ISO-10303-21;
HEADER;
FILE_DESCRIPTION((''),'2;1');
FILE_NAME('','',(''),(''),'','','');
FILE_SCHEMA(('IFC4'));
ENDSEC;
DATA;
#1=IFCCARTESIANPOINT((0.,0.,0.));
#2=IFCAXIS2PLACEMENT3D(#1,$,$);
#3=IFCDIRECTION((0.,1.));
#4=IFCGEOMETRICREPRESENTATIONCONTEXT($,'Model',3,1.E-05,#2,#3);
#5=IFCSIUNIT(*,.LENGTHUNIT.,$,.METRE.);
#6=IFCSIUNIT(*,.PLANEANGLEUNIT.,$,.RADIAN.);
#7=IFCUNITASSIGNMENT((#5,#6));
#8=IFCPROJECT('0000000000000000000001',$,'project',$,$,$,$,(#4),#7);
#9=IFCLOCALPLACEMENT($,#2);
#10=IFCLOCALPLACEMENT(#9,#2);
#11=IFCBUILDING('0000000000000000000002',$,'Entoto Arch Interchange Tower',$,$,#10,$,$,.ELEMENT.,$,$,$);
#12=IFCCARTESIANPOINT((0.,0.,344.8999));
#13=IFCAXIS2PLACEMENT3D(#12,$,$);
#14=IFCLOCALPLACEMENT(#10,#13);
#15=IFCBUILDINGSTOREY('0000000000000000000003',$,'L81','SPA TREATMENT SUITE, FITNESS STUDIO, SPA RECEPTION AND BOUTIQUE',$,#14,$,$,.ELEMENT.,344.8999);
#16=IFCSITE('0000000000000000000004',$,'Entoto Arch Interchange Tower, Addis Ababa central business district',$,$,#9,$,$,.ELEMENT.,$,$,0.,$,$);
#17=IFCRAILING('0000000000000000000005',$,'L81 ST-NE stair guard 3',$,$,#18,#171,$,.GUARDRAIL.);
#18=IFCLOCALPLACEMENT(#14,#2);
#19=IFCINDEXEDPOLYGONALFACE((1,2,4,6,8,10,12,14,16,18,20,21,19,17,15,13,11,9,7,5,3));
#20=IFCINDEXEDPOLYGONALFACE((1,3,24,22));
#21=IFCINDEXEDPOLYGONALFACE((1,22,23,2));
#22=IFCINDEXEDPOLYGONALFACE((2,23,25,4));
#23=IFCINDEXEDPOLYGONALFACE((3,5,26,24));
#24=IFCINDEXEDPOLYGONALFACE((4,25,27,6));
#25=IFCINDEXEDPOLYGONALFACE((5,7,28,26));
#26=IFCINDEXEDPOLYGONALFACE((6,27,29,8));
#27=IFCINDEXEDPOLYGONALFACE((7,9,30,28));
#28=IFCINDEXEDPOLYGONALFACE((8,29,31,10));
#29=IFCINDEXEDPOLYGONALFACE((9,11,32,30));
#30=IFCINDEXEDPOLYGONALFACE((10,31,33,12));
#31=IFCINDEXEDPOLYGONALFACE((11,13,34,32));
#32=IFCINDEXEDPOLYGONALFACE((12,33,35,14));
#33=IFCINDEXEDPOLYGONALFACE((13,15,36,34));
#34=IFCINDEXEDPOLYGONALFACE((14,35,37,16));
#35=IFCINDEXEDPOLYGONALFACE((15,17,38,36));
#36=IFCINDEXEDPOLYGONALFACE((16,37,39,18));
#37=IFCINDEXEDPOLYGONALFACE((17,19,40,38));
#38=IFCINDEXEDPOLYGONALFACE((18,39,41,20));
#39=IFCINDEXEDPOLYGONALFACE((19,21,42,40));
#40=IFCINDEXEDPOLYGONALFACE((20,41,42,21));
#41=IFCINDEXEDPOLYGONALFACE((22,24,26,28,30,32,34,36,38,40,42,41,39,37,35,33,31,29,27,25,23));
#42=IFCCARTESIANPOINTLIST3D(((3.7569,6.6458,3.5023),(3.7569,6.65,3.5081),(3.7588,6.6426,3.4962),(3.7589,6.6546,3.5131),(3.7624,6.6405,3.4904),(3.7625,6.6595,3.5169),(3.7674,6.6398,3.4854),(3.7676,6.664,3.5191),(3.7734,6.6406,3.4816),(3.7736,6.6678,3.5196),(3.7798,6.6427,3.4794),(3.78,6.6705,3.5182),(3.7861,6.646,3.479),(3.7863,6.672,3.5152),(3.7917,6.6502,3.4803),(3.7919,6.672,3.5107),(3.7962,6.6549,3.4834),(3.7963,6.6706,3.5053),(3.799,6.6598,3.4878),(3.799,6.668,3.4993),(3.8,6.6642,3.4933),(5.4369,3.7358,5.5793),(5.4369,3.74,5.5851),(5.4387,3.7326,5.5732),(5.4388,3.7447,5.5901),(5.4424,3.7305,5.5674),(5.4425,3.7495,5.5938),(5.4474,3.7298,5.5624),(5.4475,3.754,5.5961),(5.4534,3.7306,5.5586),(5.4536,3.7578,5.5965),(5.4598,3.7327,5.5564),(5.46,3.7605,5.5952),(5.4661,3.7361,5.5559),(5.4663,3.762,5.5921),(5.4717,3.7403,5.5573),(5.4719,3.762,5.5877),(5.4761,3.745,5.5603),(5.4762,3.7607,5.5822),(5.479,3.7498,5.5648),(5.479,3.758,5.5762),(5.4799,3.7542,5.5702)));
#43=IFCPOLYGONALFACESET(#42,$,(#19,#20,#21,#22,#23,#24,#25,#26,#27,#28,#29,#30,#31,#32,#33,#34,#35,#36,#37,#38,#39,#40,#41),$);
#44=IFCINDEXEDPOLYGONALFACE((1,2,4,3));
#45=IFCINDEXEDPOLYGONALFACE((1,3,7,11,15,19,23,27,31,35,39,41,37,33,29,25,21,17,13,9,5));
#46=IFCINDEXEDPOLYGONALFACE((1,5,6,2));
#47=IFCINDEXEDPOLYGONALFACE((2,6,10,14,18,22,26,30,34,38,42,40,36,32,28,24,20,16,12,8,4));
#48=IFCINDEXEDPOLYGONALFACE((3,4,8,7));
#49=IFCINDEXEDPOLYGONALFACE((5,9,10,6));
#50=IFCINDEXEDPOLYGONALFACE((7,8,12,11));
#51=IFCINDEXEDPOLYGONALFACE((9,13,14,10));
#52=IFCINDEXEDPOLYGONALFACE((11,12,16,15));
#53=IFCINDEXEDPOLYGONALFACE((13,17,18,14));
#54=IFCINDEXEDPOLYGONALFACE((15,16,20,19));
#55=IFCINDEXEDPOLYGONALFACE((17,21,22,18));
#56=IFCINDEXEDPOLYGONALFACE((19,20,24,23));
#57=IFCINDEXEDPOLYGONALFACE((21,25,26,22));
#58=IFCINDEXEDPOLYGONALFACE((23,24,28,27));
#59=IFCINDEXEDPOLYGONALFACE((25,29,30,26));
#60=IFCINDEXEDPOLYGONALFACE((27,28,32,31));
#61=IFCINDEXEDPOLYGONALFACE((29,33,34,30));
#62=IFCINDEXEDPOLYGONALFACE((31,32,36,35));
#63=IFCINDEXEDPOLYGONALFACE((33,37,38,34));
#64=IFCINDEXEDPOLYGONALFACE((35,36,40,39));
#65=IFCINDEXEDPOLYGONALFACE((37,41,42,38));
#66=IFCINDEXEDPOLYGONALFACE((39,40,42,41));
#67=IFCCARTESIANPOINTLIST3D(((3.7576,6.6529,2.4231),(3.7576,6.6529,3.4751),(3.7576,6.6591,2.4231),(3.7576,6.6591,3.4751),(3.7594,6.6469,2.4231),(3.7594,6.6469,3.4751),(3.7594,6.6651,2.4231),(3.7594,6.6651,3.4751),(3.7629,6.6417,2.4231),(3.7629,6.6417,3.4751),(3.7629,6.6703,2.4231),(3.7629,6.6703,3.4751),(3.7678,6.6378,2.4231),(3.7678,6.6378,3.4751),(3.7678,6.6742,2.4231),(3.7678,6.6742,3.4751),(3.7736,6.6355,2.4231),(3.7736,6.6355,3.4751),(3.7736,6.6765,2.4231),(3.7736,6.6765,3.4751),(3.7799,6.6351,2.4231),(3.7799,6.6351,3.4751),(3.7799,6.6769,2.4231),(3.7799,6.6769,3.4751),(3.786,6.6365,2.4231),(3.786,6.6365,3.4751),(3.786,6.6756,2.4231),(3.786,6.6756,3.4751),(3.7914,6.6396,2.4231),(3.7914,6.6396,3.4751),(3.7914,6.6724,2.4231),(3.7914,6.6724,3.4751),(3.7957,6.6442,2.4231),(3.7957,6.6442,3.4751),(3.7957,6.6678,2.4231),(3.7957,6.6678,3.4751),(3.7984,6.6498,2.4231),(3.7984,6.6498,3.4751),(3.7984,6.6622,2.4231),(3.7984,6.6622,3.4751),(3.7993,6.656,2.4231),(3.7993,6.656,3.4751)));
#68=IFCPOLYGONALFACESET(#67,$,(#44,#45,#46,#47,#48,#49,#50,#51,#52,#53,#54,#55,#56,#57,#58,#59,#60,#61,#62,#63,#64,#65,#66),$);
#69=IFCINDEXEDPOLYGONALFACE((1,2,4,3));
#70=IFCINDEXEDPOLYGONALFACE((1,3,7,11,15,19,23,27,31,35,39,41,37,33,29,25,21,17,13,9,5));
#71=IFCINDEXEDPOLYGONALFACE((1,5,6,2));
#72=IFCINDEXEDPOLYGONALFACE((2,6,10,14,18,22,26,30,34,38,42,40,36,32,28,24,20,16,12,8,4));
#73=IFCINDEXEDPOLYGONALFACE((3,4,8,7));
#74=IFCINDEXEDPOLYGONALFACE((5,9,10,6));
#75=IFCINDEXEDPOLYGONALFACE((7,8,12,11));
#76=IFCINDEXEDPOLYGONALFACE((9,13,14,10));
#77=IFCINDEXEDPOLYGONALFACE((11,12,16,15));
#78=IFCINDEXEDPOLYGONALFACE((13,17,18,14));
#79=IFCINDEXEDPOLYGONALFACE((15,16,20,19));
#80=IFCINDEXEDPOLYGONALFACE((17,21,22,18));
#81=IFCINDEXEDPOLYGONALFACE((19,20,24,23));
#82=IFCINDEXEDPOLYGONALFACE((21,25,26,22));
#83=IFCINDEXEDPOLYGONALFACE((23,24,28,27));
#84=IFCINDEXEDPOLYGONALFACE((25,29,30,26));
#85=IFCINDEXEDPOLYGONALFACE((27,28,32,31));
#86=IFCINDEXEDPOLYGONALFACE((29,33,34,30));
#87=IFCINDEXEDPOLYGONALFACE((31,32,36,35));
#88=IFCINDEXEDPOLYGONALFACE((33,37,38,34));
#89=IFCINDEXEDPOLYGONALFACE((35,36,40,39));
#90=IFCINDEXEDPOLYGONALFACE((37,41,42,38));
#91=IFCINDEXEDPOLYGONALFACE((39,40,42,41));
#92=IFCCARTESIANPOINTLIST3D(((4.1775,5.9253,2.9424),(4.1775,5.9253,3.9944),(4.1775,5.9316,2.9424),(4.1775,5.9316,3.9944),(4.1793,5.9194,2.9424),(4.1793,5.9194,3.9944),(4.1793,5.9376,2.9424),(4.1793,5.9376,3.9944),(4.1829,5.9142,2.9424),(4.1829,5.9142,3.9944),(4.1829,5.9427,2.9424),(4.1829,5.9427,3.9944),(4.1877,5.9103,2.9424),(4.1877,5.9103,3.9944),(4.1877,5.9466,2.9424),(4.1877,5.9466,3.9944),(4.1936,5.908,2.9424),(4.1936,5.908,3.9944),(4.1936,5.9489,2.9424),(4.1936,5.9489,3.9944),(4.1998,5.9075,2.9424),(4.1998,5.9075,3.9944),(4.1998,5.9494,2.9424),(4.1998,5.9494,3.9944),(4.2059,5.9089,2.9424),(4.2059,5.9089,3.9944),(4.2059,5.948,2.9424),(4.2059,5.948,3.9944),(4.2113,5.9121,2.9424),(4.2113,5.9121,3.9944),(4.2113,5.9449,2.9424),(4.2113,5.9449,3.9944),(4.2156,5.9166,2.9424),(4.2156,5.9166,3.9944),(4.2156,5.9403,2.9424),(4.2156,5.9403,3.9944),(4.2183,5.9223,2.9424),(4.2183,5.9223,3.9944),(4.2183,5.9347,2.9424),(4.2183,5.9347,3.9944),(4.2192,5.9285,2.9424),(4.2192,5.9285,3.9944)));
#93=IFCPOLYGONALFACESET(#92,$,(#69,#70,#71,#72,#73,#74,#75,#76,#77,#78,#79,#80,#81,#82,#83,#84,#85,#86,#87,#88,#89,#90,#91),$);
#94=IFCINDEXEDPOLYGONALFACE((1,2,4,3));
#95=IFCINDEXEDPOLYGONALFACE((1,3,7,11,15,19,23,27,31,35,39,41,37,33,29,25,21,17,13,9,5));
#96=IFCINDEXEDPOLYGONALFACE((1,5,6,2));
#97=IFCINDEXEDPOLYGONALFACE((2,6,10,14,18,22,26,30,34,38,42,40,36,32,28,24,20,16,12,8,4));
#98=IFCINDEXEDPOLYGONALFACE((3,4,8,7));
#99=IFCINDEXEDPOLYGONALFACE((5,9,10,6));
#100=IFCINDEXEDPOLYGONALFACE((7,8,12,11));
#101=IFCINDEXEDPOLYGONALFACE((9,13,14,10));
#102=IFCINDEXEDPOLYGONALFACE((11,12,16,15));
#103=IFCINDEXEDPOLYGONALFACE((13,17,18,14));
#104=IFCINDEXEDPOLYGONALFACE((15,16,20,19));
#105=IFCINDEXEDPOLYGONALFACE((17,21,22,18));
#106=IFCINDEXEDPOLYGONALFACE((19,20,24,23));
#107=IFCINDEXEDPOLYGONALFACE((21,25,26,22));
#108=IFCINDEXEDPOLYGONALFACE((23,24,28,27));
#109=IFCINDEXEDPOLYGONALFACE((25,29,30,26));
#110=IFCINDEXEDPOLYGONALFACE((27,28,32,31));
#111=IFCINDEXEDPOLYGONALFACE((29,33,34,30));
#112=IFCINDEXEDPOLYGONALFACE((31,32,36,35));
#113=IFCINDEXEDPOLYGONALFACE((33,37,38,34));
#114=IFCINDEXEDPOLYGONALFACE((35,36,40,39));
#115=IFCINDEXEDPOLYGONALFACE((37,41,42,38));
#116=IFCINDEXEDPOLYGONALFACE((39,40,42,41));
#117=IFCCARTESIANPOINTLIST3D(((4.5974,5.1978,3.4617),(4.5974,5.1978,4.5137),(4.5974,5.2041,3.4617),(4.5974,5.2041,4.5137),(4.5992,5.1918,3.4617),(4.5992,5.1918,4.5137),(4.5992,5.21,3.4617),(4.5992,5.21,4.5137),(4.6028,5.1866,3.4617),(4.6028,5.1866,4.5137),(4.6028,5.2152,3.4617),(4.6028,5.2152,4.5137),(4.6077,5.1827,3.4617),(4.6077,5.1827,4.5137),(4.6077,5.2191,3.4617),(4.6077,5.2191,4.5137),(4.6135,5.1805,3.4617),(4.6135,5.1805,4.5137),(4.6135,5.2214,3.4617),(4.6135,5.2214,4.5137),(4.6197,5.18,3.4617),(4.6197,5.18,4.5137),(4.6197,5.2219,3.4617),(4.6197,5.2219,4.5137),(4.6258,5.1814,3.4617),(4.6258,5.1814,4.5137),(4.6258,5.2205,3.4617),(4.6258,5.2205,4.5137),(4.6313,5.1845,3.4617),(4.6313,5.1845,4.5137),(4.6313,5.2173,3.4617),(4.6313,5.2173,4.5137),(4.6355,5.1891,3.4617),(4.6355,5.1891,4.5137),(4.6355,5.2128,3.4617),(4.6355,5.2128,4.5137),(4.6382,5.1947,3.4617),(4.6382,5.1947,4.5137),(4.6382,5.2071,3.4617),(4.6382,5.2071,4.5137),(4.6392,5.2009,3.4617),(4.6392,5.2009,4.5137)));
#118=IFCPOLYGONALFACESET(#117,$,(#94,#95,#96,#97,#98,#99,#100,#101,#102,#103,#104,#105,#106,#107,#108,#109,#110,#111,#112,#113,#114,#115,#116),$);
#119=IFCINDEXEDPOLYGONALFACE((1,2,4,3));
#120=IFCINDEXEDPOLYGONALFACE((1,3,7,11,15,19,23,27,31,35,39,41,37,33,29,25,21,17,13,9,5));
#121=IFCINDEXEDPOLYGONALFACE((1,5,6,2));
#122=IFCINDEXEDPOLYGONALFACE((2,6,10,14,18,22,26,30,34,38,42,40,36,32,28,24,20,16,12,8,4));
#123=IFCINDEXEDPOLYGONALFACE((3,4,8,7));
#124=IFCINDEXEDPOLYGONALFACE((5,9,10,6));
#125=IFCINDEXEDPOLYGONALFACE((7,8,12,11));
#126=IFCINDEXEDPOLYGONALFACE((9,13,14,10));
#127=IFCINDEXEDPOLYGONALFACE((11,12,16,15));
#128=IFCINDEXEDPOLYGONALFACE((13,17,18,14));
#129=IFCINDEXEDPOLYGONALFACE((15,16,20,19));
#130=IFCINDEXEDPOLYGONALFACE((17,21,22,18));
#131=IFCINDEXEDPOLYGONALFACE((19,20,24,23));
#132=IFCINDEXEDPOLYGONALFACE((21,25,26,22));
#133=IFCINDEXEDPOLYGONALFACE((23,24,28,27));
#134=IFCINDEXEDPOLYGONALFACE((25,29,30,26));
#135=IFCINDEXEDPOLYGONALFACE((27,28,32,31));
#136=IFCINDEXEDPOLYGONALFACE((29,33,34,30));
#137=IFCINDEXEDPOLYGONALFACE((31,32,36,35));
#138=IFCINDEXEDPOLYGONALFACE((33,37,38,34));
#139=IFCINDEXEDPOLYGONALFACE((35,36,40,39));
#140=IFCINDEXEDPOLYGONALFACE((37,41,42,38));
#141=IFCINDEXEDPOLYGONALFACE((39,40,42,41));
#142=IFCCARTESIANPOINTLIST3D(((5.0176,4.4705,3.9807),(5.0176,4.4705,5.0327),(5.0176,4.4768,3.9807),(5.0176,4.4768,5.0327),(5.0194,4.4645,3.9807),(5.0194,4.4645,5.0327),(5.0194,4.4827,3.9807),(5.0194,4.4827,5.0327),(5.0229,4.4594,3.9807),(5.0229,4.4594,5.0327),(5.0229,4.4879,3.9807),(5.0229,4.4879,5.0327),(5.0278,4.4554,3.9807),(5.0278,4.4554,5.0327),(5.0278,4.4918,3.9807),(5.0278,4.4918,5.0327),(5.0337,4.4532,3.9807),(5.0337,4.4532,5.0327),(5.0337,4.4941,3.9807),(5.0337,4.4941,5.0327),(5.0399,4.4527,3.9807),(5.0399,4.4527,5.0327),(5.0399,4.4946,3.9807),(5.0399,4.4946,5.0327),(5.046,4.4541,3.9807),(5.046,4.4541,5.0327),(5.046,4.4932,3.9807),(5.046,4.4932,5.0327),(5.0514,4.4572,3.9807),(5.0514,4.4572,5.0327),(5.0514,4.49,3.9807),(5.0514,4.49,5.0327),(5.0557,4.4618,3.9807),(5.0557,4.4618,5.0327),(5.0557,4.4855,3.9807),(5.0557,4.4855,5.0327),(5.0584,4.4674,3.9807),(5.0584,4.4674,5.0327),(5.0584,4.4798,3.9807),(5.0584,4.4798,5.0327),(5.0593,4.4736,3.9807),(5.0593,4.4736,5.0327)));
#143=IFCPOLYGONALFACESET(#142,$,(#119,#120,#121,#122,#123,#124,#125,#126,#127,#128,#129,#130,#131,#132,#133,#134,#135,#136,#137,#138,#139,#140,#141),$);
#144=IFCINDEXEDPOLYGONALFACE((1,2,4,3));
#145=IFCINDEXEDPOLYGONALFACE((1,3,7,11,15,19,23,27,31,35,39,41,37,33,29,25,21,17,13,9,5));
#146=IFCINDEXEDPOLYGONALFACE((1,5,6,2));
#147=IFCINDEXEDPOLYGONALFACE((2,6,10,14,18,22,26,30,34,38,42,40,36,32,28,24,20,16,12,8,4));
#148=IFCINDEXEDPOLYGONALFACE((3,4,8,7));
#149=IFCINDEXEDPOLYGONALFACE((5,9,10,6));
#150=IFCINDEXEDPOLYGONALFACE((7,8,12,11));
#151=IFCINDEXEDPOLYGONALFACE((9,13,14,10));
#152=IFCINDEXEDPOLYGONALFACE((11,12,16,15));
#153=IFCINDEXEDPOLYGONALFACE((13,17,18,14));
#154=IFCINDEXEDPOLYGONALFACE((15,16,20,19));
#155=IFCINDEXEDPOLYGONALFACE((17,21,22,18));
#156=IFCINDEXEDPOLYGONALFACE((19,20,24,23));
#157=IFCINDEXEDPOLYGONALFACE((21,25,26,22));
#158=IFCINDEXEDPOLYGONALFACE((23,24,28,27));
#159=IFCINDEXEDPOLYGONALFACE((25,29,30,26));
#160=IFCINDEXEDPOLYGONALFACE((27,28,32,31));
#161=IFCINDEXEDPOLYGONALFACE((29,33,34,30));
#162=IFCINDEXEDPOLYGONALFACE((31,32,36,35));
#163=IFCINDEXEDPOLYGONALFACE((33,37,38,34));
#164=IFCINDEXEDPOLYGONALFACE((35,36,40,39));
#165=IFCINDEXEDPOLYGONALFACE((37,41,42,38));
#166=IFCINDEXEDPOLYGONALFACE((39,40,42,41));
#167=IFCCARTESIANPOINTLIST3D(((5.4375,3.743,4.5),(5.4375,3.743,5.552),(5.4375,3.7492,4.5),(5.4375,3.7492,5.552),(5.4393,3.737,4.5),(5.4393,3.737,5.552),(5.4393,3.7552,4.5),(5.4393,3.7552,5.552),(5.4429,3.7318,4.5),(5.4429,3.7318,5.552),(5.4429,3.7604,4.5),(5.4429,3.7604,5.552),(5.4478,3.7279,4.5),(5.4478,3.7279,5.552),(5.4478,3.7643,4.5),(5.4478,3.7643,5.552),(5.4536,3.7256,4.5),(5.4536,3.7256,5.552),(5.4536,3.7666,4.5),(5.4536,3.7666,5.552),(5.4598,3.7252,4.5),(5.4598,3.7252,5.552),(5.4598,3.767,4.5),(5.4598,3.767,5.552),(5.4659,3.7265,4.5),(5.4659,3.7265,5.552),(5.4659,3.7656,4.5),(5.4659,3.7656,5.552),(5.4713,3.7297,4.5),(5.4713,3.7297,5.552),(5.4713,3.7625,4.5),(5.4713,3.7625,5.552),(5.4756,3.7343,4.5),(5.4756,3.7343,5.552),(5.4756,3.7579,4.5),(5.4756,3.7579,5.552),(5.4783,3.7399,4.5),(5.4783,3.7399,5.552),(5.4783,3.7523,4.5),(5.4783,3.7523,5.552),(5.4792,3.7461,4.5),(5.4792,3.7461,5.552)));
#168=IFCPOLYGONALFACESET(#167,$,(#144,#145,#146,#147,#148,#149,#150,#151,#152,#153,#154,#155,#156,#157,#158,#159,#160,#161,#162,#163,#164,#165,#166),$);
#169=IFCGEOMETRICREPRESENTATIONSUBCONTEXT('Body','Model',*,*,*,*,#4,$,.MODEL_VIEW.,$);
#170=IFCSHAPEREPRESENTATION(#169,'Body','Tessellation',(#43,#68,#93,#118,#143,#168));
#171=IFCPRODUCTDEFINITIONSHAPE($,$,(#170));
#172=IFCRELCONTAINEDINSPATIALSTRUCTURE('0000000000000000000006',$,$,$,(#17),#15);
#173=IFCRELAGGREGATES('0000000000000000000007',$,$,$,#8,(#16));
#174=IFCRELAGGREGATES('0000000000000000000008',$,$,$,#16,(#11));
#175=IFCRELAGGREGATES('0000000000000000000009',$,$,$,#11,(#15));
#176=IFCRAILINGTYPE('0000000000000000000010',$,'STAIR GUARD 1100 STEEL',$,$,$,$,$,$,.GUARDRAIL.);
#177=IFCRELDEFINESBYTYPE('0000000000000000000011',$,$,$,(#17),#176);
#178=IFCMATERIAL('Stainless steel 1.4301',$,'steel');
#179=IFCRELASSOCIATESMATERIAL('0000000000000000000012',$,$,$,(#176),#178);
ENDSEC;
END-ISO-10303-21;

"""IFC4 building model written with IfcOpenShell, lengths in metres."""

from ifc_helpers import new_model, si_unit, direction, frame, origin, origin_2d, place, context, subcontext, project, spatial, circle, extrude, material, type_object, element, save


model = new_model("IFC4")

# Units and contexts
model_context = context("Model", 3, precision=1e-05, world=origin(), true_north=direction((0.0, 1.0)))
body_context = subcontext(model_context, "Body", "Model", "MODEL_VIEW")
ifc_project = project(units=[si_unit("LENGTHUNIT", "METRE"), si_unit("PLANEANGLEUNIT", "RADIAN")], contexts=[model_context])

# Site, building, storey
site_placement = place(None, origin())
site = spatial("IfcSite", under=ifc_project, at=site_placement, Name="Entoto Arch Interchange Tower, Addis Ababa central business district", CompositionType="ELEMENT", RefElevation=0.0)
building_placement = place(site_placement, origin())
building = spatial("IfcBuilding", under=site, at=building_placement, Name="Entoto Arch Interchange Tower", CompositionType="ELEMENT")
storey_placement = place(building_placement, frame((0.0, 0.0, 344.8999)))
storey = spatial("IfcBuildingStorey", under=building, at=storey_placement, Name="L81", Description="SPA TREATMENT SUITE, FITNESS STUDIO, SPA RECEPTION AND BOUTIQUE", CompositionType="ELEMENT", Elevation=344.8999)

# Railing
ifc_material_1 = material(Name="Stainless steel 1.4301", Category="steel")
railing_type_1 = type_object("IfcRailingType", Name="STAIR GUARD 1100 STEEL", PredefinedType="GUARDRAIL", material=ifc_material_1)
railing_1_placement = place(storey_placement, frame((3.7783, 6.656, 2.4231)))
element("IfcRailing", 1, at=railing_1_placement, inside=storey, type_object=railing_type_1, Name="L81 ST-NE stair guard 3", PredefinedType="GUARDRAIL", context=body_context, shape_type="SweptSolid", body=[
    extrude(circle(Radius=0.0239, at=origin_2d()), frame((0.0, 0.0, 1.0762), z_axis=(0.425288, -0.736668, 0.525785), x_axis=(0.866039, 0.499976, 0.0)), (0.0, 0.0, 1.0), 3.9502),
    extrude(circle(Radius=0.021, at=origin_2d()), origin(), (0.0, 0.0, 1.0), 1.052),
    extrude(circle(Radius=0.021, at=origin_2d()), frame((0.4199, -0.7275, 0.5193)), (0.0, 0.0, 1.0), 1.052),
    extrude(circle(Radius=0.021, at=origin_2d()), frame((0.8398, -1.4551, 1.0386)), (0.0, 0.0, 1.0), 1.052),
    extrude(circle(Radius=0.021, at=origin_2d()), frame((1.26, -2.1824, 1.5576)), (0.0, 0.0, 1.0), 1.052),
    extrude(circle(Radius=0.021, at=origin_2d()), frame((1.6799, -2.9099, 2.0769)), (0.0, 0.0, 1.0), 1.052),
])

save(model, "model.ifc")
